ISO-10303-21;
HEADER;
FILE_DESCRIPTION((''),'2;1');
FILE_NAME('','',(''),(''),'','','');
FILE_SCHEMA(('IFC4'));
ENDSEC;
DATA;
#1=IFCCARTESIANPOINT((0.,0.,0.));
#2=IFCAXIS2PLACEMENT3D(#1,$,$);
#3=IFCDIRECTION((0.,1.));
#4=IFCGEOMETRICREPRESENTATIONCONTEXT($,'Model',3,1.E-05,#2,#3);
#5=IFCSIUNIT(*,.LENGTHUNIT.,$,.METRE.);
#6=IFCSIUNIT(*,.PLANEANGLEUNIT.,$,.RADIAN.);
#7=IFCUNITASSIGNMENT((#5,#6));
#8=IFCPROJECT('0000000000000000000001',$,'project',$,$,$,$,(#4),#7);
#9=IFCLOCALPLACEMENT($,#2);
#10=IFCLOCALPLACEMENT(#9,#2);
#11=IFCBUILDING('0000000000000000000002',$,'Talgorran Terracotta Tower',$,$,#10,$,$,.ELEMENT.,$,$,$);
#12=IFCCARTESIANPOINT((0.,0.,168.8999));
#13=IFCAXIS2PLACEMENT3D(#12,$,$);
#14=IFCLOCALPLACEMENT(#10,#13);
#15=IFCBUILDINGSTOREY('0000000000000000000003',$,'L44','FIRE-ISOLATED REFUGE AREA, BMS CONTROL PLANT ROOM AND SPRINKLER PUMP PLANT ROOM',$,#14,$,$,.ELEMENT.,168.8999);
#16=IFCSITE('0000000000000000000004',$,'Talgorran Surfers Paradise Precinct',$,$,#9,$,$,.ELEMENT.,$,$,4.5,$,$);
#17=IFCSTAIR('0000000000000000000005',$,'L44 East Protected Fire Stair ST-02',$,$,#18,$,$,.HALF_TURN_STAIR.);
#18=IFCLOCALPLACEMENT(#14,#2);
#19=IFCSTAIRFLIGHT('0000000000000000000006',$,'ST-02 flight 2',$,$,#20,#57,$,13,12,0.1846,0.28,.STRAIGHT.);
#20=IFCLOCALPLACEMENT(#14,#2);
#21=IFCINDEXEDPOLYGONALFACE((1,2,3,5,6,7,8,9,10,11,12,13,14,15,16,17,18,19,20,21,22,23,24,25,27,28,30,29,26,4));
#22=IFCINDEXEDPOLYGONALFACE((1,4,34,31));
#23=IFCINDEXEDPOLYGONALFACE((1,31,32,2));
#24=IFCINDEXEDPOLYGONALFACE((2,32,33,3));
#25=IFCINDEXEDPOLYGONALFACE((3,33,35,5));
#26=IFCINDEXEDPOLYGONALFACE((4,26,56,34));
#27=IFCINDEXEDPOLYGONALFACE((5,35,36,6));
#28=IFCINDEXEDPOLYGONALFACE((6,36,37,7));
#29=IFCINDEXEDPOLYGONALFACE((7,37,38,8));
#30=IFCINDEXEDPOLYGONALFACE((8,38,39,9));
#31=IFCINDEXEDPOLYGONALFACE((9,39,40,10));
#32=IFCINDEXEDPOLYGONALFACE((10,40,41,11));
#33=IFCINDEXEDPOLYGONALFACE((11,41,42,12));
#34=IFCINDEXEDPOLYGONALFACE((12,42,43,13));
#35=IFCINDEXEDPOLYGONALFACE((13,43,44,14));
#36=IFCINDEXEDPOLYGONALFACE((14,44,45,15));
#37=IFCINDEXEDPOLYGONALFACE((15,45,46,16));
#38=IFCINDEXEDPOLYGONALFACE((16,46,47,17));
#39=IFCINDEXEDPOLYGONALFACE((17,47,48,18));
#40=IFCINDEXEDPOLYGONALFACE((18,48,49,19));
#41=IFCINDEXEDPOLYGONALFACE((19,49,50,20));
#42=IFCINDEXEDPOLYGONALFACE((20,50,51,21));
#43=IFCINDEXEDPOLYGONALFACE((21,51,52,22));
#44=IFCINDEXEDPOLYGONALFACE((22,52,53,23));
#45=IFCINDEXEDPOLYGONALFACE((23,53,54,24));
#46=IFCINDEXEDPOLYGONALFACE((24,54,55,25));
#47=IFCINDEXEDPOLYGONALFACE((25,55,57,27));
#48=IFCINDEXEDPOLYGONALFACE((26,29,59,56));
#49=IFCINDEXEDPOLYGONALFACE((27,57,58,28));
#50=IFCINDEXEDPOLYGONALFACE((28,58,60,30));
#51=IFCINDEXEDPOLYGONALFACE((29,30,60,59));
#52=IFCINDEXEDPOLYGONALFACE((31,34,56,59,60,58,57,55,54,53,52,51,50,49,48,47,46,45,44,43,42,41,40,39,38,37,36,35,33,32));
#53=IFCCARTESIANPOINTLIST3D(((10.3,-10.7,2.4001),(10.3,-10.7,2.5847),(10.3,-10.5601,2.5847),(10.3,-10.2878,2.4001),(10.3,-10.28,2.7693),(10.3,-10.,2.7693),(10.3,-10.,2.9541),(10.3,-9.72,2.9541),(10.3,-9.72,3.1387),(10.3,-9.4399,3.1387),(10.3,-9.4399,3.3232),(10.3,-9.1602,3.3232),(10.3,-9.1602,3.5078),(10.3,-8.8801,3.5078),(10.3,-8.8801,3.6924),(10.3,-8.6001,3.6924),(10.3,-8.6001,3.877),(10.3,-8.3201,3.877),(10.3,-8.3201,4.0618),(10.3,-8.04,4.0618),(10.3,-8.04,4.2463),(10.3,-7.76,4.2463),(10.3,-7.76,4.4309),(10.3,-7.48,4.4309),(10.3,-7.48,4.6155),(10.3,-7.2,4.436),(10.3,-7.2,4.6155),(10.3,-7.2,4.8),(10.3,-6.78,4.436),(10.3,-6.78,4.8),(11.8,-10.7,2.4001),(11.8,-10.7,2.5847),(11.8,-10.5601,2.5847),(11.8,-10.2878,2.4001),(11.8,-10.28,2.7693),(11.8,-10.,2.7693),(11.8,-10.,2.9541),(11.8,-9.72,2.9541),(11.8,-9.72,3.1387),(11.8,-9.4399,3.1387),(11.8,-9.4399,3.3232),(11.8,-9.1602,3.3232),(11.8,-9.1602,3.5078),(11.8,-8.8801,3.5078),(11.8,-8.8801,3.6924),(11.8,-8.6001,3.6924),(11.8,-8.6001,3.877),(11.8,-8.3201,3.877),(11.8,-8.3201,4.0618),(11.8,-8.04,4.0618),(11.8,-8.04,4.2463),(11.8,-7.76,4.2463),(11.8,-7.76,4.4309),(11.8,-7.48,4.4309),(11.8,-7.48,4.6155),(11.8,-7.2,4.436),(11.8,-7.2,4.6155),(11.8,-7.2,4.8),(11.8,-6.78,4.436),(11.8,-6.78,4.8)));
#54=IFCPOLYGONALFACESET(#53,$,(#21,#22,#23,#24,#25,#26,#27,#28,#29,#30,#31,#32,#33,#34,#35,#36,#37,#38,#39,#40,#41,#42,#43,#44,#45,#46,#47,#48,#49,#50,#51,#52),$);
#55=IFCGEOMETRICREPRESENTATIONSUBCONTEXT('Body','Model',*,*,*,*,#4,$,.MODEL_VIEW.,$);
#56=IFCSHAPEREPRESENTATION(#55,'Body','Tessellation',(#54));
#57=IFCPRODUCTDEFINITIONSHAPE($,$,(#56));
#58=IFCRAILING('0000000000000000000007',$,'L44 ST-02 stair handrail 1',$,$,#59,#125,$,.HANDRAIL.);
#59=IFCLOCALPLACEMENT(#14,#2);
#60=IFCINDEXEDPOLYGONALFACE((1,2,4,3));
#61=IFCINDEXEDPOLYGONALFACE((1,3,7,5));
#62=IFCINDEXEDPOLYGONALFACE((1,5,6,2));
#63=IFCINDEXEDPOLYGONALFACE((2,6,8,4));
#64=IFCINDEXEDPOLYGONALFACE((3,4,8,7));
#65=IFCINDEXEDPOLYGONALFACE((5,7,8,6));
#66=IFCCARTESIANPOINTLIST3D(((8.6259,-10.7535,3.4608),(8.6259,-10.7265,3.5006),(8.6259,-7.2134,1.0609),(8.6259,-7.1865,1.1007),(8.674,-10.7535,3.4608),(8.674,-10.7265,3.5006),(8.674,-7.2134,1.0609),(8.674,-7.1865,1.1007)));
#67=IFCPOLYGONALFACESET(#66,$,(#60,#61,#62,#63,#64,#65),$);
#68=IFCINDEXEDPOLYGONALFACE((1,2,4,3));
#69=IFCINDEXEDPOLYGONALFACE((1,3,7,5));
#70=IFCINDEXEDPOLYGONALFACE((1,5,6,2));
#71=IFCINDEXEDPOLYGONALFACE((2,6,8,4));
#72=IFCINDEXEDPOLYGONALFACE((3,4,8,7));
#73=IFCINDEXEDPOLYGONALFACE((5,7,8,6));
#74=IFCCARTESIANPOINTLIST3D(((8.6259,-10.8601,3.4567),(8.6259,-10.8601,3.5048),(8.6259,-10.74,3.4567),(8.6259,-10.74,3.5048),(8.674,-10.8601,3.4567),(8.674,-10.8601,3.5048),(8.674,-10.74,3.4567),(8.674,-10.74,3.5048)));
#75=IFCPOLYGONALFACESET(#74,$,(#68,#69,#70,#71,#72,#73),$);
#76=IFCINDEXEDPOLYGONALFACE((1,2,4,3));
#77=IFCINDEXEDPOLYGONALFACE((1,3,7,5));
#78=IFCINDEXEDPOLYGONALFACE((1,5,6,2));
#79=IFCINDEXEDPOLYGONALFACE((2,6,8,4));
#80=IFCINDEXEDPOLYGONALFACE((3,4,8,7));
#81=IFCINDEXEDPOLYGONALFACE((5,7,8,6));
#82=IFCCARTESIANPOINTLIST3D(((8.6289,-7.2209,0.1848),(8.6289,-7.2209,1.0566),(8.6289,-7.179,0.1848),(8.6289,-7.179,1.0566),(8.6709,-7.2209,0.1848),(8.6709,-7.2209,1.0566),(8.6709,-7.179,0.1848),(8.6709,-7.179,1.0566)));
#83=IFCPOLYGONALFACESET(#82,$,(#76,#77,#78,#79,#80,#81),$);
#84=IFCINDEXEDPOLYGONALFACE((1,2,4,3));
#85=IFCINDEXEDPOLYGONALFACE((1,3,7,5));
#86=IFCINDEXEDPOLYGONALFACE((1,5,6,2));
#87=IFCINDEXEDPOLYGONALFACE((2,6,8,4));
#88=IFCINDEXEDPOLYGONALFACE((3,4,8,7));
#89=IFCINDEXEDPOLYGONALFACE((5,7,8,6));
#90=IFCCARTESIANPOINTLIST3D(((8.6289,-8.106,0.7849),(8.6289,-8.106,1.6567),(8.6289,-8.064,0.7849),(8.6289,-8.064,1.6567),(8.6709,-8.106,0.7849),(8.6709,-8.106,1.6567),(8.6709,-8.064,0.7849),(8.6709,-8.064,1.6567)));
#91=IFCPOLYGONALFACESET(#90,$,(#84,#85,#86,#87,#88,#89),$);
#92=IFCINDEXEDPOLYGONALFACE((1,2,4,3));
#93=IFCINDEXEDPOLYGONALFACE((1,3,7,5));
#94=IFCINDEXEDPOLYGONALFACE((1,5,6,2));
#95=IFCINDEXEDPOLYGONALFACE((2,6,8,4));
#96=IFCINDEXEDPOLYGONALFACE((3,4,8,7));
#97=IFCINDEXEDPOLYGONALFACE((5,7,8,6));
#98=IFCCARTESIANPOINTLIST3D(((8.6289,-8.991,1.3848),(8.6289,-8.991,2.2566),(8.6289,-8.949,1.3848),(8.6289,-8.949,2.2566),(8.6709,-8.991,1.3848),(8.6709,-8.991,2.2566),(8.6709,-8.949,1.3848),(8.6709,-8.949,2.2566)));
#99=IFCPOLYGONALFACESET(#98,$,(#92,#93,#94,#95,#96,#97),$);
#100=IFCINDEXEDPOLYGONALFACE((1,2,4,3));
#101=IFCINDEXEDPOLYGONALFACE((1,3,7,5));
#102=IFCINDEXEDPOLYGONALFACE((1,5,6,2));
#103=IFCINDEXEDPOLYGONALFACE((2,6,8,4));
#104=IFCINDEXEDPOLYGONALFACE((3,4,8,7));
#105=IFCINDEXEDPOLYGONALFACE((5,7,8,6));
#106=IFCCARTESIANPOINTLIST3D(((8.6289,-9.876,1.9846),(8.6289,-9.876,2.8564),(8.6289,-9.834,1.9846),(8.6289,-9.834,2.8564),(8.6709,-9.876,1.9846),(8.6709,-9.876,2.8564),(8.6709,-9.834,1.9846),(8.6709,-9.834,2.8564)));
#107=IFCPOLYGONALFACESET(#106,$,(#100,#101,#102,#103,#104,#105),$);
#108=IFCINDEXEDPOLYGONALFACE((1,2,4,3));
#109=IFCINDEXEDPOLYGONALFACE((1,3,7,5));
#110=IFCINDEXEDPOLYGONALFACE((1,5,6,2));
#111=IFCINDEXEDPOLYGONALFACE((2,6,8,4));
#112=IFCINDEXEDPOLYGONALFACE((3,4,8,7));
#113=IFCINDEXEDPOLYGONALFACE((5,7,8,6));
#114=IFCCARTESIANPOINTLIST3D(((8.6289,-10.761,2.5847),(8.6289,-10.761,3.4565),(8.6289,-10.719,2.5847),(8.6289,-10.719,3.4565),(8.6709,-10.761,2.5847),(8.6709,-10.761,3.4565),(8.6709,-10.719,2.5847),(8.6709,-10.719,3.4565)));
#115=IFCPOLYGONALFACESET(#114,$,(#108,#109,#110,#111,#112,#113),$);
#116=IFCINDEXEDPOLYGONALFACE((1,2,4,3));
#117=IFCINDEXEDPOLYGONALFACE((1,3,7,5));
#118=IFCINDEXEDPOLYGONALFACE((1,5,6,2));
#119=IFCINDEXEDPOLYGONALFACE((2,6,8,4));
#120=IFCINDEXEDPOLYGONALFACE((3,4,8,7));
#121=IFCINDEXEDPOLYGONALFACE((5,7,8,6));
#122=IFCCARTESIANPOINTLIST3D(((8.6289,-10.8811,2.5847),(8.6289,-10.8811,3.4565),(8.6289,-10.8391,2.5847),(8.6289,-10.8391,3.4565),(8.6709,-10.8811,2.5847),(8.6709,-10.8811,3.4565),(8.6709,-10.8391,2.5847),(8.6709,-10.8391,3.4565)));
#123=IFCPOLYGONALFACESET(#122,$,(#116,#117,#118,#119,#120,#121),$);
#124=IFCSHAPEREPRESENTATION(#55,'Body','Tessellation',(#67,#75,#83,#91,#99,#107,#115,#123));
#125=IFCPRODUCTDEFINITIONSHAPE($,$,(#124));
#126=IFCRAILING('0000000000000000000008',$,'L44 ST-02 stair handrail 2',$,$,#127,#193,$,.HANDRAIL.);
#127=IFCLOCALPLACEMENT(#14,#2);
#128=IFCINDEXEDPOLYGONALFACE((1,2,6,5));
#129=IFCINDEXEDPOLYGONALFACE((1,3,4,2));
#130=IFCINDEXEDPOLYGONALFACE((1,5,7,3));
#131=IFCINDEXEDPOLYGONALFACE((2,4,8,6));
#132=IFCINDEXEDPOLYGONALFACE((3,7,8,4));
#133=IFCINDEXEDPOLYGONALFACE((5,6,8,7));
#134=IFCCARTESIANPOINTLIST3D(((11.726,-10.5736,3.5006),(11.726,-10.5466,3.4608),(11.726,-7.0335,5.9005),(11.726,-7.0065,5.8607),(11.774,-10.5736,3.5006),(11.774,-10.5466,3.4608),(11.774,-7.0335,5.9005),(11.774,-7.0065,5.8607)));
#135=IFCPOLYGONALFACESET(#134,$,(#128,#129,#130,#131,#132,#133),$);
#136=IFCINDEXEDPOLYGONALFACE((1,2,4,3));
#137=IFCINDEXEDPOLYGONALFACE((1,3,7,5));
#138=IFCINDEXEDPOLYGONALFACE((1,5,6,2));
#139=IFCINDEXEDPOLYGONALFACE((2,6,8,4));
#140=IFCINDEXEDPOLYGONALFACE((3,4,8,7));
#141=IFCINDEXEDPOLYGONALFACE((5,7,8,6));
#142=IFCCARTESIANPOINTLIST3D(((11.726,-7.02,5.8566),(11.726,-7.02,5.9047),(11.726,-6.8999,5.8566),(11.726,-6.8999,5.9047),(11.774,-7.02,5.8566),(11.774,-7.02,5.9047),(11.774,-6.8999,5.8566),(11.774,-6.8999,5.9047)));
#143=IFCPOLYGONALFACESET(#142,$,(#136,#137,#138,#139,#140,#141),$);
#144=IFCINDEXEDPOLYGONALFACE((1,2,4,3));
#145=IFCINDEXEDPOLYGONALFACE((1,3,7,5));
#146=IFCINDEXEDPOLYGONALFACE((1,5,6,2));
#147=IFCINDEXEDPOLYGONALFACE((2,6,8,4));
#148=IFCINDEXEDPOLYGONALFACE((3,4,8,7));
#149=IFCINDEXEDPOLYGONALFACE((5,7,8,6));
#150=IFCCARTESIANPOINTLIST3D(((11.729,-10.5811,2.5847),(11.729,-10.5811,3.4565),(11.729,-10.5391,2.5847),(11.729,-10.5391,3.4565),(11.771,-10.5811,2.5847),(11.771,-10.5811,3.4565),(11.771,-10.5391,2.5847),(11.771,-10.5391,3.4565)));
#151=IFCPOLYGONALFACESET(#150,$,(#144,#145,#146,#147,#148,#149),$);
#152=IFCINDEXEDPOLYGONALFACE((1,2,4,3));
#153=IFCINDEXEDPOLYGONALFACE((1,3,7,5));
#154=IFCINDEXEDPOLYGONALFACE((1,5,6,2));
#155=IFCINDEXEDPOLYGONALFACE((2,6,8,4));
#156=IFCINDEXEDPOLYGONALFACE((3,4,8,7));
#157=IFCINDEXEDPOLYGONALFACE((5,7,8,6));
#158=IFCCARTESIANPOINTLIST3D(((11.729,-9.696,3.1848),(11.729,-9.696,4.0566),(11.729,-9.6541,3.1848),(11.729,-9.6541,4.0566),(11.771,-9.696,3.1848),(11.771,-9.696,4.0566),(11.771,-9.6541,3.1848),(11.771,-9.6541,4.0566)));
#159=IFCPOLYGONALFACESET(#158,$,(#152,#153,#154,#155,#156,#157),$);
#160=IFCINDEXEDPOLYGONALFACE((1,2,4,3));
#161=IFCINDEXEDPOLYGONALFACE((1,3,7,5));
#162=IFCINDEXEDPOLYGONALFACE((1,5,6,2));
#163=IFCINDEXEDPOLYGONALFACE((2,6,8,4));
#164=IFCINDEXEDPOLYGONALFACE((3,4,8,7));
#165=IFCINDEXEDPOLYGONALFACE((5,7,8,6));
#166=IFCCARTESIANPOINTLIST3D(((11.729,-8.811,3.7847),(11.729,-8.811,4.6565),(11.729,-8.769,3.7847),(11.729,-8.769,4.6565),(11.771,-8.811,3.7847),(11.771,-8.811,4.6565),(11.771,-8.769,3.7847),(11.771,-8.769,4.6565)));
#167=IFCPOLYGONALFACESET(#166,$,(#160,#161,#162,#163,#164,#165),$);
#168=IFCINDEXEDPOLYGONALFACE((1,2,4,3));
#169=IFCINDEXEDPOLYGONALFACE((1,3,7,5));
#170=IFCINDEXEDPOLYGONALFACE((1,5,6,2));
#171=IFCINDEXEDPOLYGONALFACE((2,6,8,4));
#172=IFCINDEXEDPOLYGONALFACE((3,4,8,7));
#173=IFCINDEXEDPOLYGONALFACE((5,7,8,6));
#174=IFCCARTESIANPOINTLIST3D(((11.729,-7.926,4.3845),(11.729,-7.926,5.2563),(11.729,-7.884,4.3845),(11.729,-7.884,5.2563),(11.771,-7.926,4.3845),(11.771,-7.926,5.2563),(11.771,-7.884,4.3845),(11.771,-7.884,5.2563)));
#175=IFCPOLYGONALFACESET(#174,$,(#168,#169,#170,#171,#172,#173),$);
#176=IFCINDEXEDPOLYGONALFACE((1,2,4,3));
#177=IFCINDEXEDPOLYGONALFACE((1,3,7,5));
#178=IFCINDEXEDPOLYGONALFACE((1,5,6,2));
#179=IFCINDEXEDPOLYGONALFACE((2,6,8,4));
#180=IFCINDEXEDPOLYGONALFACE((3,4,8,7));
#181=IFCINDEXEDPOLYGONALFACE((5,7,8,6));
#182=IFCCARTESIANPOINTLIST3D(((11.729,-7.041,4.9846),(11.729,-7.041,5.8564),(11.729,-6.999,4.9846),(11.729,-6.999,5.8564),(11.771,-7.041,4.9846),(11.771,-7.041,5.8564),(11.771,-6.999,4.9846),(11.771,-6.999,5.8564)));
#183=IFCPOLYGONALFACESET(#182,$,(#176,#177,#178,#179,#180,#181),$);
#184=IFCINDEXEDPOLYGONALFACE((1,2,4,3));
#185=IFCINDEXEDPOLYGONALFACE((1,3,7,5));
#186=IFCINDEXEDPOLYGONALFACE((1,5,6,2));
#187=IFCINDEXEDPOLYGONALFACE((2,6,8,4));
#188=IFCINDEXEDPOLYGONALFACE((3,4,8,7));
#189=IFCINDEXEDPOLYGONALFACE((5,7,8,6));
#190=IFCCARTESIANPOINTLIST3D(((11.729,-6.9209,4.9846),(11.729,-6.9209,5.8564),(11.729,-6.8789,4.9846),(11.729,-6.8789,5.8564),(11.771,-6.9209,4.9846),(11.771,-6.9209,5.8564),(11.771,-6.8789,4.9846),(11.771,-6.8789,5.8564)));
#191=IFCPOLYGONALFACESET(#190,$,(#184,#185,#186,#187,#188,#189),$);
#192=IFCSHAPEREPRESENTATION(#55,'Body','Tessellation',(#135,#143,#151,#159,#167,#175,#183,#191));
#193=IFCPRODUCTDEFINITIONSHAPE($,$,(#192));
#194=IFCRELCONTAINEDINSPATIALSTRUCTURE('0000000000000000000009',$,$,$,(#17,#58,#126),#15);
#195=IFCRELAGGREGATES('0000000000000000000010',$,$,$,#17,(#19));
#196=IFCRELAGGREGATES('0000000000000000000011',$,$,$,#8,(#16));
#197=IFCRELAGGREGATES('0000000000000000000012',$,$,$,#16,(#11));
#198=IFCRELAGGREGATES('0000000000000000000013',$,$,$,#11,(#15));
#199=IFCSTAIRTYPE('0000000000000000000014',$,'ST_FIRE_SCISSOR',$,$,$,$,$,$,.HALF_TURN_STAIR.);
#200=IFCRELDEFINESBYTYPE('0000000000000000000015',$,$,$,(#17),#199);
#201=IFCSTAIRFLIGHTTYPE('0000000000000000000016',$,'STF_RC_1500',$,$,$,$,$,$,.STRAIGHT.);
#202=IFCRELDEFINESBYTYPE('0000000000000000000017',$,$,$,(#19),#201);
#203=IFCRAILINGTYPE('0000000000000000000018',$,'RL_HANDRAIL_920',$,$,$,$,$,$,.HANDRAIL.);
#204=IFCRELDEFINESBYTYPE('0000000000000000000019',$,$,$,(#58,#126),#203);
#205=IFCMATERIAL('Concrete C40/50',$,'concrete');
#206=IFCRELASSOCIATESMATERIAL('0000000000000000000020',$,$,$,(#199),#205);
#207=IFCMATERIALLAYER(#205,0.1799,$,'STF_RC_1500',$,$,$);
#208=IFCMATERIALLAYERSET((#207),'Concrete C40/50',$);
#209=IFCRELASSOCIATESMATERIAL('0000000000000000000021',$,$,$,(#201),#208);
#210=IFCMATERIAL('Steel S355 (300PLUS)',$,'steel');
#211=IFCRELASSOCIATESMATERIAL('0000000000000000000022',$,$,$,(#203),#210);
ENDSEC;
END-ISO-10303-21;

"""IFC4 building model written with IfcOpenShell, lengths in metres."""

from ifc_helpers import new_model, si_unit, direction, frame, origin, origin_2d, place, context, subcontext, project, spatial, polyline, rectangle, outline, extrude, material, layer, layer_set, type_object, element, aggregate, save


model = new_model("IFC4")

# Units and contexts
model_context = context("Model", 3, precision=1e-05, world=origin(), true_north=direction((0.0, 1.0)))
body_context = subcontext(model_context, "Body", "Model", "MODEL_VIEW")
ifc_project = project(units=[si_unit("LENGTHUNIT", "METRE"), si_unit("PLANEANGLEUNIT", "RADIAN")], contexts=[model_context])

# Site, building, storey
site_placement = place(None, origin())
site = spatial("IfcSite", under=ifc_project, at=site_placement, Name="Talgorran Surfers Paradise Precinct", CompositionType="ELEMENT", RefElevation=4.5)
building_placement = place(site_placement, origin())
building = spatial("IfcBuilding", under=site, at=building_placement, Name="Talgorran Terracotta Tower", CompositionType="ELEMENT")
storey_placement = place(building_placement, frame((0.0, 0.0, 168.8999)))
storey = spatial("IfcBuildingStorey", under=building, at=storey_placement, Name="L44", Description="FIRE-ISOLATED REFUGE AREA, BMS CONTROL PLANT ROOM AND SPRINKLER PUMP PLANT ROOM", CompositionType="ELEMENT", Elevation=168.8999)

# Shared definitions
ifc_material_1 = material(Name="Steel S355 (300PLUS)", Category="steel")

# Stair, stair flight
ifc_material_2 = material(Name="Concrete C40/50", Category="concrete")
stair_type = type_object("IfcStairType", Name="ST_FIRE_SCISSOR", PredefinedType="HALF_TURN_STAIR", material=ifc_material_2)
stair_placement = place(storey_placement, origin())
stair = element("IfcStair", 1, at=stair_placement, inside=storey, type_object=stair_type, Name="L44 East Protected Fire Stair ST-02", PredefinedType="HALF_TURN_STAIR")
ifc_layer_1 = layer(ifc_material_2, 0.1799, Name="STF_RC_1500")
ifc_layer_set_1 = layer_set([ifc_layer_1], Name="Concrete C40/50")
stair_flight_type = type_object("IfcStairFlightType", Name="STF_RC_1500", PredefinedType="STRAIGHT", material=ifc_layer_set_1)
stair_flight_1_placement = place(storey_placement, frame((11.05, -10.5601, 2.4001), z_axis=(0.0, 0.0, 1.0), x_axis=(0.0, 1.0, 0.0)))
stair_flight_1 = element("IfcStairFlight", 2, at=stair_flight_1_placement, type_object=stair_flight_type, Name="ST-02 flight 2", NumberOfRisers=13, NumberOfTreads=12, PredefinedType="STRAIGHT", RiserHeight=0.1846, TreadLength=0.28, context=body_context, shape_type="SweptSolid", body=[
    extrude(outline(polyline([(-0.1399, 0.0), (-0.1399, 0.1846), (0.0, 0.1846), (0.28, 0.3691), (0.5601, 0.3691), (0.5601, 0.554), (0.8401, 0.554), (0.8401, 0.7385), (1.1201, 0.7385), (1.1201, 0.9231), (1.3999, 0.9231), (1.3999, 1.1077), (1.6799, 1.1077), (1.6799, 1.2922), (1.96, 1.2922), (1.96, 1.4768), (2.24, 1.4768), (2.24, 1.6616), (2.52, 1.6616), (2.52, 1.8462), (2.8, 1.8462), (2.8, 2.0308), (3.0801, 2.0308), (3.0801, 2.2153), (3.3601, 2.2153), (3.3601, 2.3999), (3.78, 2.3999), (3.78, 2.0359), (3.3601, 2.0359), (0.2722, 0.0), (-0.1399, 0.0)])), frame((0.0, 0.75, 0.0), z_axis=(0.0, -1.0, 0.0), x_axis=(1.0, 0.0, 0.0)), (0.0, 0.0, 1.0), 1.5),
])
aggregate(stair, [stair_flight_1])

# Railings
railing_type_1 = type_object("IfcRailingType", Name="RL_HANDRAIL_920", PredefinedType="HANDRAIL", material=ifc_material_1)
railing_1_placement = place(storey_placement, frame((8.6499, -7.2, 0.1848)))
element("IfcRailing", 3, at=railing_1_placement, inside=storey, type_object=railing_type_1, Name="L44 ST-02 stair handrail 1", PredefinedType="HANDRAIL", context=body_context, shape_type="SweptSolid", body=[
    extrude(rectangle(XDim=0.0481, YDim=0.0481, at=origin_2d()), frame((0.0, 0.0, 0.896), z_axis=(0.0, -0.827722, 0.561138), x_axis=(1.0, 0.0, 0.0)), (0.0, 0.0, 1.0), 4.2769),
    extrude(rectangle(XDim=0.0481, YDim=0.0481, at=origin_2d()), frame((0.0, -3.54, 3.2959), z_axis=(0.0, -1.0, 0.0), x_axis=(1.0, 0.0, 0.0)), (0.0, 0.0, 1.0), 0.1201),
    extrude(rectangle(XDim=0.042, YDim=0.042, at=origin_2d()), origin(), (0.0, 0.0, 1.0), 0.8718),
    extrude(rectangle(XDim=0.042, YDim=0.042, at=origin_2d()), frame((0.0, -0.885, 0.6001)), (0.0, 0.0, 1.0), 0.8718),
    extrude(rectangle(XDim=0.042, YDim=0.042, at=origin_2d()), frame((0.0, -1.77, 1.2)), (0.0, 0.0, 1.0), 0.8718),
    extrude(rectangle(XDim=0.042, YDim=0.042, at=origin_2d()), frame((0.0, -2.655, 1.7998)), (0.0, 0.0, 1.0), 0.8718),
    extrude(rectangle(XDim=0.042, YDim=0.042, at=origin_2d()), frame((0.0, -3.54, 2.3999)), (0.0, 0.0, 1.0), 0.8718),
    extrude(rectangle(XDim=0.042, YDim=0.042, at=origin_2d()), frame((0.0, -3.6602, 2.3999)), (0.0, 0.0, 1.0), 0.8718),
])
railing_2_placement = place(storey_placement, frame((11.75, -10.5601, 2.5847)))
element("IfcRailing", 4, at=railing_2_placement, inside=storey, type_object=railing_type_1, Name="L44 ST-02 stair handrail 2", PredefinedType="HANDRAIL", context=body_context, shape_type="SweptSolid", body=[
    extrude(rectangle(XDim=0.0481, YDim=0.0481, at=origin_2d()), frame((0.0, 0.0, 0.896), z_axis=(0.0, 0.827722, 0.561138), x_axis=(-1.0, 0.0, 0.0)), (0.0, 0.0, 1.0), 4.2769),
    extrude(rectangle(XDim=0.0481, YDim=0.0481, at=origin_2d()), frame((0.0, 3.54, 3.2959), z_axis=(0.0, 1.0, 0.0), x_axis=(-1.0, 0.0, 0.0)), (0.0, 0.0, 1.0), 0.1201),
    extrude(rectangle(XDim=0.042, YDim=0.042, at=origin_2d()), origin(), (0.0, 0.0, 1.0), 0.8718),
    extrude(rectangle(XDim=0.042, YDim=0.042, at=origin_2d()), frame((0.0, 0.885, 0.6001)), (0.0, 0.0, 1.0), 0.8718),
    extrude(rectangle(XDim=0.042, YDim=0.042, at=origin_2d()), frame((0.0, 1.77, 1.2)), (0.0, 0.0, 1.0), 0.8718),
    extrude(rectangle(XDim=0.042, YDim=0.042, at=origin_2d()), frame((0.0, 2.655, 1.7998)), (0.0, 0.0, 1.0), 0.8718),
    extrude(rectangle(XDim=0.042, YDim=0.042, at=origin_2d()), frame((0.0, 3.54, 2.3999)), (0.0, 0.0, 1.0), 0.8718),
    extrude(rectangle(XDim=0.042, YDim=0.042, at=origin_2d()), frame((0.0, 3.6602, 2.3999)), (0.0, 0.0, 1.0), 0.8718),
])

save(model, "model.ifc")
